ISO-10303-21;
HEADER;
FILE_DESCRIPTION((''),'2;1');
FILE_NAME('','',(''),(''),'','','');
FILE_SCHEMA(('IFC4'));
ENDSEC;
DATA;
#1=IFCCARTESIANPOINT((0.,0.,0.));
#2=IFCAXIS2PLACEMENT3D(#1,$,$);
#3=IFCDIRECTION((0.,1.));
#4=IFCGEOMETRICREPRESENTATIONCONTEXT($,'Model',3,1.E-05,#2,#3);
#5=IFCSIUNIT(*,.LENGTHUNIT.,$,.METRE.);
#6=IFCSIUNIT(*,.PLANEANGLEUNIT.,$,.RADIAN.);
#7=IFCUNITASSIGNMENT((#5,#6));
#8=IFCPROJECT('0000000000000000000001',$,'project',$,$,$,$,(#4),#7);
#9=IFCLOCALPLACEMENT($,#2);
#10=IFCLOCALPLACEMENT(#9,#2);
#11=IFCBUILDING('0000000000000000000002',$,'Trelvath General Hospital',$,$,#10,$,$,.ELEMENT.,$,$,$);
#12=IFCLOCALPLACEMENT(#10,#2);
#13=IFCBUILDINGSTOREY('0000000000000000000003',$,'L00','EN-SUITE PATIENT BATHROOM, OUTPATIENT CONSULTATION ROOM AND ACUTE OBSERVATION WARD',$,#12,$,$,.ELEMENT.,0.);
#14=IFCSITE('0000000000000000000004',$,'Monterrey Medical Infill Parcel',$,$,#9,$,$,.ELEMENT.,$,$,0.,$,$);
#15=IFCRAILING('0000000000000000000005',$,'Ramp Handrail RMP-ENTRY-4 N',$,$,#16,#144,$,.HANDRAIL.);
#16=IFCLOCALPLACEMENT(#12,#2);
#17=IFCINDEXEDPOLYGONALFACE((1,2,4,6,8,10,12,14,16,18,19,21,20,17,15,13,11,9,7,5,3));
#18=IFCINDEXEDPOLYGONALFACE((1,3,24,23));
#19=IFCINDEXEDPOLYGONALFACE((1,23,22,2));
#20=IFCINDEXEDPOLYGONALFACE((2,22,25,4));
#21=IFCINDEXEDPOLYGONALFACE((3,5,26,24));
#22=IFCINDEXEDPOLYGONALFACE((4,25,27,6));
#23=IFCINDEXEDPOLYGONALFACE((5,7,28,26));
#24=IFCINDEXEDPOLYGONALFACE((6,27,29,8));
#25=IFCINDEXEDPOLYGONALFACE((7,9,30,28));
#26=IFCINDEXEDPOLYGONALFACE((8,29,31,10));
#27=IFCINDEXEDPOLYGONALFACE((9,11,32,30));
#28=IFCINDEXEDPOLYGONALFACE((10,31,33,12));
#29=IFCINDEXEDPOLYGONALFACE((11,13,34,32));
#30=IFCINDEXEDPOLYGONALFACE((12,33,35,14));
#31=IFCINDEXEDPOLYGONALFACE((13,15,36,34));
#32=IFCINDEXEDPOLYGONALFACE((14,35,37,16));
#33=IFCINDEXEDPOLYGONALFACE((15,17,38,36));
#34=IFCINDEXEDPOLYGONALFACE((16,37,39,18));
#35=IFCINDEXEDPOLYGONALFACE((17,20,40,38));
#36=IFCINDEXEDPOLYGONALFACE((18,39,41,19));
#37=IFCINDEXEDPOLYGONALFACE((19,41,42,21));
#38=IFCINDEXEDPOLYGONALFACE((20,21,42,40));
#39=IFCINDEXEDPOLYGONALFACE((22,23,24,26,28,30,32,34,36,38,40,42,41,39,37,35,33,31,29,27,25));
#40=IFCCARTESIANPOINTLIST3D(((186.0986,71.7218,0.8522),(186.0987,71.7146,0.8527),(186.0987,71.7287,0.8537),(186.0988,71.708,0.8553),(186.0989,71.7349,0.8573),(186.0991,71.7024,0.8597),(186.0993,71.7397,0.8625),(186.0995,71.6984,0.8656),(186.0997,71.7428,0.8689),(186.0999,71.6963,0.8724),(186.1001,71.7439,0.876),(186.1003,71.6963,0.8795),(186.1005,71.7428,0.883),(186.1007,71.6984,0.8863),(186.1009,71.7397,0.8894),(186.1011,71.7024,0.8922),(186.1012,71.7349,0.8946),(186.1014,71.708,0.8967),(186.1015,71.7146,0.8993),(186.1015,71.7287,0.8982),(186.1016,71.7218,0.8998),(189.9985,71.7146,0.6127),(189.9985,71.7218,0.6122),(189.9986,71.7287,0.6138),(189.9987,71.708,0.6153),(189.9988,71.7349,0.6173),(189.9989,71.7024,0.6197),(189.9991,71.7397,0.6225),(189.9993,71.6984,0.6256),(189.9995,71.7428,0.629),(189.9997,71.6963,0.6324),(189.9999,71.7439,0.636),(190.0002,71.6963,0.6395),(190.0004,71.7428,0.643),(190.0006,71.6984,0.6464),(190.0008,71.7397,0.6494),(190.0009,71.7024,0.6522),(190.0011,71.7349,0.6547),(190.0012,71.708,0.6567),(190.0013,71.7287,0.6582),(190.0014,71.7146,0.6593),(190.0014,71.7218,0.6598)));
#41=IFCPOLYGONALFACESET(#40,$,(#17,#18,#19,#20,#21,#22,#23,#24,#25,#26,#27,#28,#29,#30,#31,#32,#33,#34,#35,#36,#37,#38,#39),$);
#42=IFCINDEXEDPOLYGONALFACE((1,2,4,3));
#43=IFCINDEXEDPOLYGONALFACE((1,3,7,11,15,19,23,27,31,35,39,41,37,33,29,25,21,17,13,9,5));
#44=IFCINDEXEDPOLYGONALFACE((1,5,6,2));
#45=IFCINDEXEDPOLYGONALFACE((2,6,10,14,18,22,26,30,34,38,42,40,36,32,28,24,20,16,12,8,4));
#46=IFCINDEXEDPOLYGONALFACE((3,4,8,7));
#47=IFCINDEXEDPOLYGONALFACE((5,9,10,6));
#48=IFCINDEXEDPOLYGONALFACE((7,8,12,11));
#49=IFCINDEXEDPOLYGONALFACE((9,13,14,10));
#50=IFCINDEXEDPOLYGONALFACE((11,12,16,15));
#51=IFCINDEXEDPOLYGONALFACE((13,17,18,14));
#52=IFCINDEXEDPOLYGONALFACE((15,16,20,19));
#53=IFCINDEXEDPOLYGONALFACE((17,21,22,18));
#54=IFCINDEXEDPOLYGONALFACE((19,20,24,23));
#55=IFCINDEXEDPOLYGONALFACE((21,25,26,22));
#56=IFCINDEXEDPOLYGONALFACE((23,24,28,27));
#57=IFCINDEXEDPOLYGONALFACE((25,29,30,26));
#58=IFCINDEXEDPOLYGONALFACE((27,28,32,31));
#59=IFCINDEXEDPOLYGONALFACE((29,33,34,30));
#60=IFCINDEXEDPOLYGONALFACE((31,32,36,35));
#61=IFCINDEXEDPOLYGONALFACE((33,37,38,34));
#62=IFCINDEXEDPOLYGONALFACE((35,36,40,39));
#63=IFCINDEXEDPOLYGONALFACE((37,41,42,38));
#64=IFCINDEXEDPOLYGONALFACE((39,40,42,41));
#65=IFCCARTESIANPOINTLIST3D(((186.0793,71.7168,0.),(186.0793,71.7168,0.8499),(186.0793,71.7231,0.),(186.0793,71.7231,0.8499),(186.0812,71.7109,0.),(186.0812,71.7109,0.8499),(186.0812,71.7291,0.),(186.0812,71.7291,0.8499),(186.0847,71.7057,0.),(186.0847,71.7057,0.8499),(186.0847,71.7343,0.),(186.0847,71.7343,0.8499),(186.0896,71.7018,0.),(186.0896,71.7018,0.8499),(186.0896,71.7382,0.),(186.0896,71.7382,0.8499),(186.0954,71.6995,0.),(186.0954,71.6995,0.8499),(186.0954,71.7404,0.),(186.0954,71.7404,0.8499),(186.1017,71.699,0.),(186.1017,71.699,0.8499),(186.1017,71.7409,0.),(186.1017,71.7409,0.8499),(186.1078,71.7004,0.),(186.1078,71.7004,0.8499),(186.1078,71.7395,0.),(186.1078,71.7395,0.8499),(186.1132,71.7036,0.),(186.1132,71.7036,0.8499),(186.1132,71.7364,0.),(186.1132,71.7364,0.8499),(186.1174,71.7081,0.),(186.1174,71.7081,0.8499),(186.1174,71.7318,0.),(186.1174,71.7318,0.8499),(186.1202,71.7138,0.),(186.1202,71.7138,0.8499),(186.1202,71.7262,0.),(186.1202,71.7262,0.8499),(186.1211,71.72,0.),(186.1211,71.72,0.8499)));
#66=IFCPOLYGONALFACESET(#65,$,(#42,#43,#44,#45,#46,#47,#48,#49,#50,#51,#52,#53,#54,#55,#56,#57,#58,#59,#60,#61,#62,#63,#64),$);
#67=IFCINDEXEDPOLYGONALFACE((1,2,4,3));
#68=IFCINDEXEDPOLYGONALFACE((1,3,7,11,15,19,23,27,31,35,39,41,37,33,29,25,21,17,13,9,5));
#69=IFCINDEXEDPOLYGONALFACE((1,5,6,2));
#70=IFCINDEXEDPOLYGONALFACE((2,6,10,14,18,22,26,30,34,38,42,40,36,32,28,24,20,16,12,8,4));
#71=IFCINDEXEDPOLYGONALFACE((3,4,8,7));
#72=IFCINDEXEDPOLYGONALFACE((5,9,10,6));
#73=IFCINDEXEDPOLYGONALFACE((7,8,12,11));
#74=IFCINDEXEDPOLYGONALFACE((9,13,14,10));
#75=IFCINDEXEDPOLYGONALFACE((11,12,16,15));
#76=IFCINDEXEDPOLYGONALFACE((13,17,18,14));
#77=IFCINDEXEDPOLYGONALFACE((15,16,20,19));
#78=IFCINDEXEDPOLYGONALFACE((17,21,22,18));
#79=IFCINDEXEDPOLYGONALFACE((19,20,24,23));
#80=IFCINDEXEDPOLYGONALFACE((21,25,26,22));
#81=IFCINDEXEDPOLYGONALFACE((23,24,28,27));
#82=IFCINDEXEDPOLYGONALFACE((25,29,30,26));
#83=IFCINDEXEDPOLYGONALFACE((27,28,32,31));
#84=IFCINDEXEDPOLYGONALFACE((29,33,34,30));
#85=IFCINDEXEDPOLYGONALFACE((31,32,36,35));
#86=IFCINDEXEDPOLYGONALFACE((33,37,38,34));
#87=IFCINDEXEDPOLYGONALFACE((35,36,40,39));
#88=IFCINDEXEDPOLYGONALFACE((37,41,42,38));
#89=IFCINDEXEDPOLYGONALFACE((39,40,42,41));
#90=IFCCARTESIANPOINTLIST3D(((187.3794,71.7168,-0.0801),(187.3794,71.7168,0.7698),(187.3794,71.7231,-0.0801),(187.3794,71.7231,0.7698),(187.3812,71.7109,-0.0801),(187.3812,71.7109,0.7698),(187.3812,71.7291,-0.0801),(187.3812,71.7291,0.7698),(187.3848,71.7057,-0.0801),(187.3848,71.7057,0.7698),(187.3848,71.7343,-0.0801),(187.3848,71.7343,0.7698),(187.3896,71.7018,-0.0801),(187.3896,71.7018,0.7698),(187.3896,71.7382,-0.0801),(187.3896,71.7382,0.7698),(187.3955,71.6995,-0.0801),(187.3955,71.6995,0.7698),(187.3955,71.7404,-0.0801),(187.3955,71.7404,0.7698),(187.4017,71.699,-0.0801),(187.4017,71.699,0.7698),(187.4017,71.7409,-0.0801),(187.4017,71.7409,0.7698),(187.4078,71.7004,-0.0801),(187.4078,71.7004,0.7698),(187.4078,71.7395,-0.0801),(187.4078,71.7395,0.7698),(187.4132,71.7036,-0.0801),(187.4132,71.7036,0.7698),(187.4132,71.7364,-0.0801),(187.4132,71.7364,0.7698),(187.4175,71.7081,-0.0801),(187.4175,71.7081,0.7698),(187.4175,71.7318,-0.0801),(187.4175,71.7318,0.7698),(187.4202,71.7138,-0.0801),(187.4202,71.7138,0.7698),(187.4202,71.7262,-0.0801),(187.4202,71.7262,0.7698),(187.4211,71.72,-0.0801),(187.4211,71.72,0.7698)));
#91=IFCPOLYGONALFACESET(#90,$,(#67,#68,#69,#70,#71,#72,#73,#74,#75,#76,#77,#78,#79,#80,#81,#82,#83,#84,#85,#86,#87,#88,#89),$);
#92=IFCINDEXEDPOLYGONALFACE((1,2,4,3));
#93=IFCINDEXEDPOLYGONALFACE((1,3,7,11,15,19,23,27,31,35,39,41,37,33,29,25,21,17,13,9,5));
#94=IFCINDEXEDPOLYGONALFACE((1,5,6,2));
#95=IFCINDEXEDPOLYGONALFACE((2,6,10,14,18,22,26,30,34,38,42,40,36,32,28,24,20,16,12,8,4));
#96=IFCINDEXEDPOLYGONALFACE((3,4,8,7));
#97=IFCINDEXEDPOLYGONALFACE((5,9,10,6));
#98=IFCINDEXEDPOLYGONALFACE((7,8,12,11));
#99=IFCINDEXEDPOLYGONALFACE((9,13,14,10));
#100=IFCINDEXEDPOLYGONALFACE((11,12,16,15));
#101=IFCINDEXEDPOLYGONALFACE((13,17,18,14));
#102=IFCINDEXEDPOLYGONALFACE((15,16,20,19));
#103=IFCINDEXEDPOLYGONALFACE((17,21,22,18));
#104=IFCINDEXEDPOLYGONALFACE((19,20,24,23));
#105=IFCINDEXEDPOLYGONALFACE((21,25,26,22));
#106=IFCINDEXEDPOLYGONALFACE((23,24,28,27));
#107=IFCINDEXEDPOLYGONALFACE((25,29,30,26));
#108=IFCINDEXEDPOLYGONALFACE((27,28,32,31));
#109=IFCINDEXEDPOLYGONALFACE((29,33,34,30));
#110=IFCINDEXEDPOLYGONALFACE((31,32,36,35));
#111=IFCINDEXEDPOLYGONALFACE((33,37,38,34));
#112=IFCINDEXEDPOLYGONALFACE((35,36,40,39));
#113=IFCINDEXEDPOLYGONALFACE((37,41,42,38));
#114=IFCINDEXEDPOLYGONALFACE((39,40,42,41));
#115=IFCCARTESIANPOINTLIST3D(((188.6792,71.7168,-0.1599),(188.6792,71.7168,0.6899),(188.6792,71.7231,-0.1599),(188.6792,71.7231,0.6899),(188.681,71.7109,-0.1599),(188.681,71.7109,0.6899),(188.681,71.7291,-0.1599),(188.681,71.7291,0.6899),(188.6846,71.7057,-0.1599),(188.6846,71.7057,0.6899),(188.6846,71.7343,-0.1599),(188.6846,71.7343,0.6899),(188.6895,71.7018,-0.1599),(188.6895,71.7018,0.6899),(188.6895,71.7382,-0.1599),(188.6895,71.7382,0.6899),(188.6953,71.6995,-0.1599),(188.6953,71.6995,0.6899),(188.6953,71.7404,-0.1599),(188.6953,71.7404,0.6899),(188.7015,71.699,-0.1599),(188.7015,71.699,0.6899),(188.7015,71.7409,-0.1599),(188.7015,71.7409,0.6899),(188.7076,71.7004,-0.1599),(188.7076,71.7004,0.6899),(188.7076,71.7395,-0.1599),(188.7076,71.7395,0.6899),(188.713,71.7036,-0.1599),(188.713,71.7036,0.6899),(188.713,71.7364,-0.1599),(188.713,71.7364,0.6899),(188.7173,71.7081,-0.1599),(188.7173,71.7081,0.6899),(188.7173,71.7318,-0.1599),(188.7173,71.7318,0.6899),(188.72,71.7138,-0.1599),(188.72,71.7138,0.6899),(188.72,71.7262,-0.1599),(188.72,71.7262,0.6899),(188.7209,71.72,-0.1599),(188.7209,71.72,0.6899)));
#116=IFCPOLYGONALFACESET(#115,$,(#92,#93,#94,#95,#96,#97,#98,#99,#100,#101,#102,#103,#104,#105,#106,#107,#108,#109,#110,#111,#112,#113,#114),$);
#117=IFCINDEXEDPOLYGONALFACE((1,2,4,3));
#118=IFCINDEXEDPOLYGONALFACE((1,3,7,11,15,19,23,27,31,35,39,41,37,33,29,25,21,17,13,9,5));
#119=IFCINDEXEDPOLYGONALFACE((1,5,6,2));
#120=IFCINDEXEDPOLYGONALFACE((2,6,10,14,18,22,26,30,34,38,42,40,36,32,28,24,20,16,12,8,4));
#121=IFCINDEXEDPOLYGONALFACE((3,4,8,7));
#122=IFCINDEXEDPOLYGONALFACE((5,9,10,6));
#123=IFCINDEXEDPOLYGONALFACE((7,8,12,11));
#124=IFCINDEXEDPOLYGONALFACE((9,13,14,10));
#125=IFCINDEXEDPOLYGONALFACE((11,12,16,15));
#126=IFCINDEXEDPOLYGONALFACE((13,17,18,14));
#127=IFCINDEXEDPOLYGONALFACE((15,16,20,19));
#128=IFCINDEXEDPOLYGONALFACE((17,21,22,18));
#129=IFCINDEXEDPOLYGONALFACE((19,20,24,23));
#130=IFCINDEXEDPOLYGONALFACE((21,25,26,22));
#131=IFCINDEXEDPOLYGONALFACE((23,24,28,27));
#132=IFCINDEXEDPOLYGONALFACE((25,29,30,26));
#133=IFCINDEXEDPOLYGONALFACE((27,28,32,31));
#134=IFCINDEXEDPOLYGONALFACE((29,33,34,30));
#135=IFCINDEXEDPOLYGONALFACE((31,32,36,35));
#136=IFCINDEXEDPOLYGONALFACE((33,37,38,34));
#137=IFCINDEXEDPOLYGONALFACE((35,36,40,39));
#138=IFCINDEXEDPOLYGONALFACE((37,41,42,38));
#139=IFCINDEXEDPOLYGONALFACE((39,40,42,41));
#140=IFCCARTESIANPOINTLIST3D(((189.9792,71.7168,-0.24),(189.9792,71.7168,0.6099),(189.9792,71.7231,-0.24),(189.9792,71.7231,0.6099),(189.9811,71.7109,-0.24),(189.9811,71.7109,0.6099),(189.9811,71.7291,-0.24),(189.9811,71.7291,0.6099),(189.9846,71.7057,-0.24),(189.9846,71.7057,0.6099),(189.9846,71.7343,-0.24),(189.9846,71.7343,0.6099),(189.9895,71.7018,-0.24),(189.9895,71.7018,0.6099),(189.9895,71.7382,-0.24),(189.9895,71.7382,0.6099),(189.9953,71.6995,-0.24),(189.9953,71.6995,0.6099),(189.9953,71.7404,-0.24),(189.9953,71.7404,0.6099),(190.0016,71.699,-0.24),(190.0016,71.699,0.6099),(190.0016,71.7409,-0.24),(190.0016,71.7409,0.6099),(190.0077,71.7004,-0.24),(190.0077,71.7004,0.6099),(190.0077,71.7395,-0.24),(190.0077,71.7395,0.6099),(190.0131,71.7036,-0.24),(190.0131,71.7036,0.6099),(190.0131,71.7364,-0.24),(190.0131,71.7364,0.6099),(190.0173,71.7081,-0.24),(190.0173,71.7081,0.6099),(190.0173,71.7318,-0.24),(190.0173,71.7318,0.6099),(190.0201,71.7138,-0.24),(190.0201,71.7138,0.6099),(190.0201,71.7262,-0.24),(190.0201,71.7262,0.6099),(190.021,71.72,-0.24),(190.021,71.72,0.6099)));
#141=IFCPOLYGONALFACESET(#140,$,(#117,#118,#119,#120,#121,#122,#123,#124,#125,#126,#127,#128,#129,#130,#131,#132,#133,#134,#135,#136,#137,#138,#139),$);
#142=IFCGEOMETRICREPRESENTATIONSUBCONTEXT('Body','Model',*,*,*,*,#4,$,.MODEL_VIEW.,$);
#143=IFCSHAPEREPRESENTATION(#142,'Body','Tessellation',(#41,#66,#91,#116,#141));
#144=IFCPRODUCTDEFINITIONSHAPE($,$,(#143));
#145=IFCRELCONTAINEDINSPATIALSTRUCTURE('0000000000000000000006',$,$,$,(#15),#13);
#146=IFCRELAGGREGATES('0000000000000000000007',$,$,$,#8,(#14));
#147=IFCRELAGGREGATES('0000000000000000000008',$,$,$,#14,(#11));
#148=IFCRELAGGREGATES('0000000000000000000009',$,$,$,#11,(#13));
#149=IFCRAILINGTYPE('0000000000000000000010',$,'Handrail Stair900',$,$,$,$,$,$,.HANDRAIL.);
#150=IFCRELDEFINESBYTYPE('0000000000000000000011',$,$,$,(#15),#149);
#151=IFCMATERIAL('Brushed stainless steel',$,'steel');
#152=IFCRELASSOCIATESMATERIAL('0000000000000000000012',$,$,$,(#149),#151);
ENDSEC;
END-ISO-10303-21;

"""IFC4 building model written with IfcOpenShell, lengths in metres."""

from ifc_helpers import new_model, si_unit, direction, frame, origin, origin_2d, place, context, subcontext, project, spatial, circle, extrude, material, type_object, element, save


model = new_model("IFC4")

# Units and contexts
model_context = context("Model", 3, precision=1e-05, world=origin(), true_north=direction((0.0, 1.0)))
body_context = subcontext(model_context, "Body", "Model", "MODEL_VIEW")
ifc_project = project(units=[si_unit("LENGTHUNIT", "METRE"), si_unit("PLANEANGLEUNIT", "RADIAN")], contexts=[model_context])

# Site, building, storey
site_placement = place(None, origin())
site = spatial("IfcSite", under=ifc_project, at=site_placement, Name="Monterrey Medical Infill Parcel", CompositionType="ELEMENT", RefElevation=0.0)
building_placement = place(site_placement, origin())
building = spatial("IfcBuilding", under=site, at=building_placement, Name="Trelvath General Hospital", CompositionType="ELEMENT")
storey_placement = place(building_placement, origin())
storey = spatial("IfcBuildingStorey", under=building, at=storey_placement, Name="L00", Description="EN-SUITE PATIENT BATHROOM, OUTPATIENT CONSULTATION ROOM AND ACUTE OBSERVATION WARD", CompositionType="ELEMENT", Elevation=0.0)

# Railing
ifc_material_1 = material(Name="Brushed stainless steel", Category="steel")
railing_type = type_object("IfcRailingType", Name="Handrail Stair900", PredefinedType="HANDRAIL", material=ifc_material_1)
for number, where, name in (
    (1, (186.1001, 71.72, 0.0), "Ramp Handrail RMP-ENTRY-4 N"),
):
    element("IfcRailing", number, at=place(storey_placement, frame(where)), inside=storey, type_object=railing_type, Name=name, PredefinedType="HANDRAIL", context=body_context, shape_type="SweptSolid", body=[
        extrude(circle(Radius=0.0239, at=origin_2d()), frame((0.0, 0.0, 0.876), z_axis=(0.998112, 0.0, -0.061421), x_axis=(0.0, 1.0, 0.0)), (0.0, 0.0, 1.0), 3.9072),
        extrude(circle(Radius=0.021, at=origin_2d()), origin(), (0.0, 0.0, 1.0), 0.8499),
        extrude(circle(Radius=0.021, at=origin_2d()), frame((1.3, 0.0, -0.0801)), (0.0, 0.0, 1.0), 0.8499),
        extrude(circle(Radius=0.021, at=origin_2d()), frame((2.5999, 0.0, -0.1599)), (0.0, 0.0, 1.0), 0.8499),
        extrude(circle(Radius=0.021, at=origin_2d()), frame((3.8999, 0.0, -0.24)), (0.0, 0.0, 1.0), 0.8499),
    ])

save(model, "model.ifc")
